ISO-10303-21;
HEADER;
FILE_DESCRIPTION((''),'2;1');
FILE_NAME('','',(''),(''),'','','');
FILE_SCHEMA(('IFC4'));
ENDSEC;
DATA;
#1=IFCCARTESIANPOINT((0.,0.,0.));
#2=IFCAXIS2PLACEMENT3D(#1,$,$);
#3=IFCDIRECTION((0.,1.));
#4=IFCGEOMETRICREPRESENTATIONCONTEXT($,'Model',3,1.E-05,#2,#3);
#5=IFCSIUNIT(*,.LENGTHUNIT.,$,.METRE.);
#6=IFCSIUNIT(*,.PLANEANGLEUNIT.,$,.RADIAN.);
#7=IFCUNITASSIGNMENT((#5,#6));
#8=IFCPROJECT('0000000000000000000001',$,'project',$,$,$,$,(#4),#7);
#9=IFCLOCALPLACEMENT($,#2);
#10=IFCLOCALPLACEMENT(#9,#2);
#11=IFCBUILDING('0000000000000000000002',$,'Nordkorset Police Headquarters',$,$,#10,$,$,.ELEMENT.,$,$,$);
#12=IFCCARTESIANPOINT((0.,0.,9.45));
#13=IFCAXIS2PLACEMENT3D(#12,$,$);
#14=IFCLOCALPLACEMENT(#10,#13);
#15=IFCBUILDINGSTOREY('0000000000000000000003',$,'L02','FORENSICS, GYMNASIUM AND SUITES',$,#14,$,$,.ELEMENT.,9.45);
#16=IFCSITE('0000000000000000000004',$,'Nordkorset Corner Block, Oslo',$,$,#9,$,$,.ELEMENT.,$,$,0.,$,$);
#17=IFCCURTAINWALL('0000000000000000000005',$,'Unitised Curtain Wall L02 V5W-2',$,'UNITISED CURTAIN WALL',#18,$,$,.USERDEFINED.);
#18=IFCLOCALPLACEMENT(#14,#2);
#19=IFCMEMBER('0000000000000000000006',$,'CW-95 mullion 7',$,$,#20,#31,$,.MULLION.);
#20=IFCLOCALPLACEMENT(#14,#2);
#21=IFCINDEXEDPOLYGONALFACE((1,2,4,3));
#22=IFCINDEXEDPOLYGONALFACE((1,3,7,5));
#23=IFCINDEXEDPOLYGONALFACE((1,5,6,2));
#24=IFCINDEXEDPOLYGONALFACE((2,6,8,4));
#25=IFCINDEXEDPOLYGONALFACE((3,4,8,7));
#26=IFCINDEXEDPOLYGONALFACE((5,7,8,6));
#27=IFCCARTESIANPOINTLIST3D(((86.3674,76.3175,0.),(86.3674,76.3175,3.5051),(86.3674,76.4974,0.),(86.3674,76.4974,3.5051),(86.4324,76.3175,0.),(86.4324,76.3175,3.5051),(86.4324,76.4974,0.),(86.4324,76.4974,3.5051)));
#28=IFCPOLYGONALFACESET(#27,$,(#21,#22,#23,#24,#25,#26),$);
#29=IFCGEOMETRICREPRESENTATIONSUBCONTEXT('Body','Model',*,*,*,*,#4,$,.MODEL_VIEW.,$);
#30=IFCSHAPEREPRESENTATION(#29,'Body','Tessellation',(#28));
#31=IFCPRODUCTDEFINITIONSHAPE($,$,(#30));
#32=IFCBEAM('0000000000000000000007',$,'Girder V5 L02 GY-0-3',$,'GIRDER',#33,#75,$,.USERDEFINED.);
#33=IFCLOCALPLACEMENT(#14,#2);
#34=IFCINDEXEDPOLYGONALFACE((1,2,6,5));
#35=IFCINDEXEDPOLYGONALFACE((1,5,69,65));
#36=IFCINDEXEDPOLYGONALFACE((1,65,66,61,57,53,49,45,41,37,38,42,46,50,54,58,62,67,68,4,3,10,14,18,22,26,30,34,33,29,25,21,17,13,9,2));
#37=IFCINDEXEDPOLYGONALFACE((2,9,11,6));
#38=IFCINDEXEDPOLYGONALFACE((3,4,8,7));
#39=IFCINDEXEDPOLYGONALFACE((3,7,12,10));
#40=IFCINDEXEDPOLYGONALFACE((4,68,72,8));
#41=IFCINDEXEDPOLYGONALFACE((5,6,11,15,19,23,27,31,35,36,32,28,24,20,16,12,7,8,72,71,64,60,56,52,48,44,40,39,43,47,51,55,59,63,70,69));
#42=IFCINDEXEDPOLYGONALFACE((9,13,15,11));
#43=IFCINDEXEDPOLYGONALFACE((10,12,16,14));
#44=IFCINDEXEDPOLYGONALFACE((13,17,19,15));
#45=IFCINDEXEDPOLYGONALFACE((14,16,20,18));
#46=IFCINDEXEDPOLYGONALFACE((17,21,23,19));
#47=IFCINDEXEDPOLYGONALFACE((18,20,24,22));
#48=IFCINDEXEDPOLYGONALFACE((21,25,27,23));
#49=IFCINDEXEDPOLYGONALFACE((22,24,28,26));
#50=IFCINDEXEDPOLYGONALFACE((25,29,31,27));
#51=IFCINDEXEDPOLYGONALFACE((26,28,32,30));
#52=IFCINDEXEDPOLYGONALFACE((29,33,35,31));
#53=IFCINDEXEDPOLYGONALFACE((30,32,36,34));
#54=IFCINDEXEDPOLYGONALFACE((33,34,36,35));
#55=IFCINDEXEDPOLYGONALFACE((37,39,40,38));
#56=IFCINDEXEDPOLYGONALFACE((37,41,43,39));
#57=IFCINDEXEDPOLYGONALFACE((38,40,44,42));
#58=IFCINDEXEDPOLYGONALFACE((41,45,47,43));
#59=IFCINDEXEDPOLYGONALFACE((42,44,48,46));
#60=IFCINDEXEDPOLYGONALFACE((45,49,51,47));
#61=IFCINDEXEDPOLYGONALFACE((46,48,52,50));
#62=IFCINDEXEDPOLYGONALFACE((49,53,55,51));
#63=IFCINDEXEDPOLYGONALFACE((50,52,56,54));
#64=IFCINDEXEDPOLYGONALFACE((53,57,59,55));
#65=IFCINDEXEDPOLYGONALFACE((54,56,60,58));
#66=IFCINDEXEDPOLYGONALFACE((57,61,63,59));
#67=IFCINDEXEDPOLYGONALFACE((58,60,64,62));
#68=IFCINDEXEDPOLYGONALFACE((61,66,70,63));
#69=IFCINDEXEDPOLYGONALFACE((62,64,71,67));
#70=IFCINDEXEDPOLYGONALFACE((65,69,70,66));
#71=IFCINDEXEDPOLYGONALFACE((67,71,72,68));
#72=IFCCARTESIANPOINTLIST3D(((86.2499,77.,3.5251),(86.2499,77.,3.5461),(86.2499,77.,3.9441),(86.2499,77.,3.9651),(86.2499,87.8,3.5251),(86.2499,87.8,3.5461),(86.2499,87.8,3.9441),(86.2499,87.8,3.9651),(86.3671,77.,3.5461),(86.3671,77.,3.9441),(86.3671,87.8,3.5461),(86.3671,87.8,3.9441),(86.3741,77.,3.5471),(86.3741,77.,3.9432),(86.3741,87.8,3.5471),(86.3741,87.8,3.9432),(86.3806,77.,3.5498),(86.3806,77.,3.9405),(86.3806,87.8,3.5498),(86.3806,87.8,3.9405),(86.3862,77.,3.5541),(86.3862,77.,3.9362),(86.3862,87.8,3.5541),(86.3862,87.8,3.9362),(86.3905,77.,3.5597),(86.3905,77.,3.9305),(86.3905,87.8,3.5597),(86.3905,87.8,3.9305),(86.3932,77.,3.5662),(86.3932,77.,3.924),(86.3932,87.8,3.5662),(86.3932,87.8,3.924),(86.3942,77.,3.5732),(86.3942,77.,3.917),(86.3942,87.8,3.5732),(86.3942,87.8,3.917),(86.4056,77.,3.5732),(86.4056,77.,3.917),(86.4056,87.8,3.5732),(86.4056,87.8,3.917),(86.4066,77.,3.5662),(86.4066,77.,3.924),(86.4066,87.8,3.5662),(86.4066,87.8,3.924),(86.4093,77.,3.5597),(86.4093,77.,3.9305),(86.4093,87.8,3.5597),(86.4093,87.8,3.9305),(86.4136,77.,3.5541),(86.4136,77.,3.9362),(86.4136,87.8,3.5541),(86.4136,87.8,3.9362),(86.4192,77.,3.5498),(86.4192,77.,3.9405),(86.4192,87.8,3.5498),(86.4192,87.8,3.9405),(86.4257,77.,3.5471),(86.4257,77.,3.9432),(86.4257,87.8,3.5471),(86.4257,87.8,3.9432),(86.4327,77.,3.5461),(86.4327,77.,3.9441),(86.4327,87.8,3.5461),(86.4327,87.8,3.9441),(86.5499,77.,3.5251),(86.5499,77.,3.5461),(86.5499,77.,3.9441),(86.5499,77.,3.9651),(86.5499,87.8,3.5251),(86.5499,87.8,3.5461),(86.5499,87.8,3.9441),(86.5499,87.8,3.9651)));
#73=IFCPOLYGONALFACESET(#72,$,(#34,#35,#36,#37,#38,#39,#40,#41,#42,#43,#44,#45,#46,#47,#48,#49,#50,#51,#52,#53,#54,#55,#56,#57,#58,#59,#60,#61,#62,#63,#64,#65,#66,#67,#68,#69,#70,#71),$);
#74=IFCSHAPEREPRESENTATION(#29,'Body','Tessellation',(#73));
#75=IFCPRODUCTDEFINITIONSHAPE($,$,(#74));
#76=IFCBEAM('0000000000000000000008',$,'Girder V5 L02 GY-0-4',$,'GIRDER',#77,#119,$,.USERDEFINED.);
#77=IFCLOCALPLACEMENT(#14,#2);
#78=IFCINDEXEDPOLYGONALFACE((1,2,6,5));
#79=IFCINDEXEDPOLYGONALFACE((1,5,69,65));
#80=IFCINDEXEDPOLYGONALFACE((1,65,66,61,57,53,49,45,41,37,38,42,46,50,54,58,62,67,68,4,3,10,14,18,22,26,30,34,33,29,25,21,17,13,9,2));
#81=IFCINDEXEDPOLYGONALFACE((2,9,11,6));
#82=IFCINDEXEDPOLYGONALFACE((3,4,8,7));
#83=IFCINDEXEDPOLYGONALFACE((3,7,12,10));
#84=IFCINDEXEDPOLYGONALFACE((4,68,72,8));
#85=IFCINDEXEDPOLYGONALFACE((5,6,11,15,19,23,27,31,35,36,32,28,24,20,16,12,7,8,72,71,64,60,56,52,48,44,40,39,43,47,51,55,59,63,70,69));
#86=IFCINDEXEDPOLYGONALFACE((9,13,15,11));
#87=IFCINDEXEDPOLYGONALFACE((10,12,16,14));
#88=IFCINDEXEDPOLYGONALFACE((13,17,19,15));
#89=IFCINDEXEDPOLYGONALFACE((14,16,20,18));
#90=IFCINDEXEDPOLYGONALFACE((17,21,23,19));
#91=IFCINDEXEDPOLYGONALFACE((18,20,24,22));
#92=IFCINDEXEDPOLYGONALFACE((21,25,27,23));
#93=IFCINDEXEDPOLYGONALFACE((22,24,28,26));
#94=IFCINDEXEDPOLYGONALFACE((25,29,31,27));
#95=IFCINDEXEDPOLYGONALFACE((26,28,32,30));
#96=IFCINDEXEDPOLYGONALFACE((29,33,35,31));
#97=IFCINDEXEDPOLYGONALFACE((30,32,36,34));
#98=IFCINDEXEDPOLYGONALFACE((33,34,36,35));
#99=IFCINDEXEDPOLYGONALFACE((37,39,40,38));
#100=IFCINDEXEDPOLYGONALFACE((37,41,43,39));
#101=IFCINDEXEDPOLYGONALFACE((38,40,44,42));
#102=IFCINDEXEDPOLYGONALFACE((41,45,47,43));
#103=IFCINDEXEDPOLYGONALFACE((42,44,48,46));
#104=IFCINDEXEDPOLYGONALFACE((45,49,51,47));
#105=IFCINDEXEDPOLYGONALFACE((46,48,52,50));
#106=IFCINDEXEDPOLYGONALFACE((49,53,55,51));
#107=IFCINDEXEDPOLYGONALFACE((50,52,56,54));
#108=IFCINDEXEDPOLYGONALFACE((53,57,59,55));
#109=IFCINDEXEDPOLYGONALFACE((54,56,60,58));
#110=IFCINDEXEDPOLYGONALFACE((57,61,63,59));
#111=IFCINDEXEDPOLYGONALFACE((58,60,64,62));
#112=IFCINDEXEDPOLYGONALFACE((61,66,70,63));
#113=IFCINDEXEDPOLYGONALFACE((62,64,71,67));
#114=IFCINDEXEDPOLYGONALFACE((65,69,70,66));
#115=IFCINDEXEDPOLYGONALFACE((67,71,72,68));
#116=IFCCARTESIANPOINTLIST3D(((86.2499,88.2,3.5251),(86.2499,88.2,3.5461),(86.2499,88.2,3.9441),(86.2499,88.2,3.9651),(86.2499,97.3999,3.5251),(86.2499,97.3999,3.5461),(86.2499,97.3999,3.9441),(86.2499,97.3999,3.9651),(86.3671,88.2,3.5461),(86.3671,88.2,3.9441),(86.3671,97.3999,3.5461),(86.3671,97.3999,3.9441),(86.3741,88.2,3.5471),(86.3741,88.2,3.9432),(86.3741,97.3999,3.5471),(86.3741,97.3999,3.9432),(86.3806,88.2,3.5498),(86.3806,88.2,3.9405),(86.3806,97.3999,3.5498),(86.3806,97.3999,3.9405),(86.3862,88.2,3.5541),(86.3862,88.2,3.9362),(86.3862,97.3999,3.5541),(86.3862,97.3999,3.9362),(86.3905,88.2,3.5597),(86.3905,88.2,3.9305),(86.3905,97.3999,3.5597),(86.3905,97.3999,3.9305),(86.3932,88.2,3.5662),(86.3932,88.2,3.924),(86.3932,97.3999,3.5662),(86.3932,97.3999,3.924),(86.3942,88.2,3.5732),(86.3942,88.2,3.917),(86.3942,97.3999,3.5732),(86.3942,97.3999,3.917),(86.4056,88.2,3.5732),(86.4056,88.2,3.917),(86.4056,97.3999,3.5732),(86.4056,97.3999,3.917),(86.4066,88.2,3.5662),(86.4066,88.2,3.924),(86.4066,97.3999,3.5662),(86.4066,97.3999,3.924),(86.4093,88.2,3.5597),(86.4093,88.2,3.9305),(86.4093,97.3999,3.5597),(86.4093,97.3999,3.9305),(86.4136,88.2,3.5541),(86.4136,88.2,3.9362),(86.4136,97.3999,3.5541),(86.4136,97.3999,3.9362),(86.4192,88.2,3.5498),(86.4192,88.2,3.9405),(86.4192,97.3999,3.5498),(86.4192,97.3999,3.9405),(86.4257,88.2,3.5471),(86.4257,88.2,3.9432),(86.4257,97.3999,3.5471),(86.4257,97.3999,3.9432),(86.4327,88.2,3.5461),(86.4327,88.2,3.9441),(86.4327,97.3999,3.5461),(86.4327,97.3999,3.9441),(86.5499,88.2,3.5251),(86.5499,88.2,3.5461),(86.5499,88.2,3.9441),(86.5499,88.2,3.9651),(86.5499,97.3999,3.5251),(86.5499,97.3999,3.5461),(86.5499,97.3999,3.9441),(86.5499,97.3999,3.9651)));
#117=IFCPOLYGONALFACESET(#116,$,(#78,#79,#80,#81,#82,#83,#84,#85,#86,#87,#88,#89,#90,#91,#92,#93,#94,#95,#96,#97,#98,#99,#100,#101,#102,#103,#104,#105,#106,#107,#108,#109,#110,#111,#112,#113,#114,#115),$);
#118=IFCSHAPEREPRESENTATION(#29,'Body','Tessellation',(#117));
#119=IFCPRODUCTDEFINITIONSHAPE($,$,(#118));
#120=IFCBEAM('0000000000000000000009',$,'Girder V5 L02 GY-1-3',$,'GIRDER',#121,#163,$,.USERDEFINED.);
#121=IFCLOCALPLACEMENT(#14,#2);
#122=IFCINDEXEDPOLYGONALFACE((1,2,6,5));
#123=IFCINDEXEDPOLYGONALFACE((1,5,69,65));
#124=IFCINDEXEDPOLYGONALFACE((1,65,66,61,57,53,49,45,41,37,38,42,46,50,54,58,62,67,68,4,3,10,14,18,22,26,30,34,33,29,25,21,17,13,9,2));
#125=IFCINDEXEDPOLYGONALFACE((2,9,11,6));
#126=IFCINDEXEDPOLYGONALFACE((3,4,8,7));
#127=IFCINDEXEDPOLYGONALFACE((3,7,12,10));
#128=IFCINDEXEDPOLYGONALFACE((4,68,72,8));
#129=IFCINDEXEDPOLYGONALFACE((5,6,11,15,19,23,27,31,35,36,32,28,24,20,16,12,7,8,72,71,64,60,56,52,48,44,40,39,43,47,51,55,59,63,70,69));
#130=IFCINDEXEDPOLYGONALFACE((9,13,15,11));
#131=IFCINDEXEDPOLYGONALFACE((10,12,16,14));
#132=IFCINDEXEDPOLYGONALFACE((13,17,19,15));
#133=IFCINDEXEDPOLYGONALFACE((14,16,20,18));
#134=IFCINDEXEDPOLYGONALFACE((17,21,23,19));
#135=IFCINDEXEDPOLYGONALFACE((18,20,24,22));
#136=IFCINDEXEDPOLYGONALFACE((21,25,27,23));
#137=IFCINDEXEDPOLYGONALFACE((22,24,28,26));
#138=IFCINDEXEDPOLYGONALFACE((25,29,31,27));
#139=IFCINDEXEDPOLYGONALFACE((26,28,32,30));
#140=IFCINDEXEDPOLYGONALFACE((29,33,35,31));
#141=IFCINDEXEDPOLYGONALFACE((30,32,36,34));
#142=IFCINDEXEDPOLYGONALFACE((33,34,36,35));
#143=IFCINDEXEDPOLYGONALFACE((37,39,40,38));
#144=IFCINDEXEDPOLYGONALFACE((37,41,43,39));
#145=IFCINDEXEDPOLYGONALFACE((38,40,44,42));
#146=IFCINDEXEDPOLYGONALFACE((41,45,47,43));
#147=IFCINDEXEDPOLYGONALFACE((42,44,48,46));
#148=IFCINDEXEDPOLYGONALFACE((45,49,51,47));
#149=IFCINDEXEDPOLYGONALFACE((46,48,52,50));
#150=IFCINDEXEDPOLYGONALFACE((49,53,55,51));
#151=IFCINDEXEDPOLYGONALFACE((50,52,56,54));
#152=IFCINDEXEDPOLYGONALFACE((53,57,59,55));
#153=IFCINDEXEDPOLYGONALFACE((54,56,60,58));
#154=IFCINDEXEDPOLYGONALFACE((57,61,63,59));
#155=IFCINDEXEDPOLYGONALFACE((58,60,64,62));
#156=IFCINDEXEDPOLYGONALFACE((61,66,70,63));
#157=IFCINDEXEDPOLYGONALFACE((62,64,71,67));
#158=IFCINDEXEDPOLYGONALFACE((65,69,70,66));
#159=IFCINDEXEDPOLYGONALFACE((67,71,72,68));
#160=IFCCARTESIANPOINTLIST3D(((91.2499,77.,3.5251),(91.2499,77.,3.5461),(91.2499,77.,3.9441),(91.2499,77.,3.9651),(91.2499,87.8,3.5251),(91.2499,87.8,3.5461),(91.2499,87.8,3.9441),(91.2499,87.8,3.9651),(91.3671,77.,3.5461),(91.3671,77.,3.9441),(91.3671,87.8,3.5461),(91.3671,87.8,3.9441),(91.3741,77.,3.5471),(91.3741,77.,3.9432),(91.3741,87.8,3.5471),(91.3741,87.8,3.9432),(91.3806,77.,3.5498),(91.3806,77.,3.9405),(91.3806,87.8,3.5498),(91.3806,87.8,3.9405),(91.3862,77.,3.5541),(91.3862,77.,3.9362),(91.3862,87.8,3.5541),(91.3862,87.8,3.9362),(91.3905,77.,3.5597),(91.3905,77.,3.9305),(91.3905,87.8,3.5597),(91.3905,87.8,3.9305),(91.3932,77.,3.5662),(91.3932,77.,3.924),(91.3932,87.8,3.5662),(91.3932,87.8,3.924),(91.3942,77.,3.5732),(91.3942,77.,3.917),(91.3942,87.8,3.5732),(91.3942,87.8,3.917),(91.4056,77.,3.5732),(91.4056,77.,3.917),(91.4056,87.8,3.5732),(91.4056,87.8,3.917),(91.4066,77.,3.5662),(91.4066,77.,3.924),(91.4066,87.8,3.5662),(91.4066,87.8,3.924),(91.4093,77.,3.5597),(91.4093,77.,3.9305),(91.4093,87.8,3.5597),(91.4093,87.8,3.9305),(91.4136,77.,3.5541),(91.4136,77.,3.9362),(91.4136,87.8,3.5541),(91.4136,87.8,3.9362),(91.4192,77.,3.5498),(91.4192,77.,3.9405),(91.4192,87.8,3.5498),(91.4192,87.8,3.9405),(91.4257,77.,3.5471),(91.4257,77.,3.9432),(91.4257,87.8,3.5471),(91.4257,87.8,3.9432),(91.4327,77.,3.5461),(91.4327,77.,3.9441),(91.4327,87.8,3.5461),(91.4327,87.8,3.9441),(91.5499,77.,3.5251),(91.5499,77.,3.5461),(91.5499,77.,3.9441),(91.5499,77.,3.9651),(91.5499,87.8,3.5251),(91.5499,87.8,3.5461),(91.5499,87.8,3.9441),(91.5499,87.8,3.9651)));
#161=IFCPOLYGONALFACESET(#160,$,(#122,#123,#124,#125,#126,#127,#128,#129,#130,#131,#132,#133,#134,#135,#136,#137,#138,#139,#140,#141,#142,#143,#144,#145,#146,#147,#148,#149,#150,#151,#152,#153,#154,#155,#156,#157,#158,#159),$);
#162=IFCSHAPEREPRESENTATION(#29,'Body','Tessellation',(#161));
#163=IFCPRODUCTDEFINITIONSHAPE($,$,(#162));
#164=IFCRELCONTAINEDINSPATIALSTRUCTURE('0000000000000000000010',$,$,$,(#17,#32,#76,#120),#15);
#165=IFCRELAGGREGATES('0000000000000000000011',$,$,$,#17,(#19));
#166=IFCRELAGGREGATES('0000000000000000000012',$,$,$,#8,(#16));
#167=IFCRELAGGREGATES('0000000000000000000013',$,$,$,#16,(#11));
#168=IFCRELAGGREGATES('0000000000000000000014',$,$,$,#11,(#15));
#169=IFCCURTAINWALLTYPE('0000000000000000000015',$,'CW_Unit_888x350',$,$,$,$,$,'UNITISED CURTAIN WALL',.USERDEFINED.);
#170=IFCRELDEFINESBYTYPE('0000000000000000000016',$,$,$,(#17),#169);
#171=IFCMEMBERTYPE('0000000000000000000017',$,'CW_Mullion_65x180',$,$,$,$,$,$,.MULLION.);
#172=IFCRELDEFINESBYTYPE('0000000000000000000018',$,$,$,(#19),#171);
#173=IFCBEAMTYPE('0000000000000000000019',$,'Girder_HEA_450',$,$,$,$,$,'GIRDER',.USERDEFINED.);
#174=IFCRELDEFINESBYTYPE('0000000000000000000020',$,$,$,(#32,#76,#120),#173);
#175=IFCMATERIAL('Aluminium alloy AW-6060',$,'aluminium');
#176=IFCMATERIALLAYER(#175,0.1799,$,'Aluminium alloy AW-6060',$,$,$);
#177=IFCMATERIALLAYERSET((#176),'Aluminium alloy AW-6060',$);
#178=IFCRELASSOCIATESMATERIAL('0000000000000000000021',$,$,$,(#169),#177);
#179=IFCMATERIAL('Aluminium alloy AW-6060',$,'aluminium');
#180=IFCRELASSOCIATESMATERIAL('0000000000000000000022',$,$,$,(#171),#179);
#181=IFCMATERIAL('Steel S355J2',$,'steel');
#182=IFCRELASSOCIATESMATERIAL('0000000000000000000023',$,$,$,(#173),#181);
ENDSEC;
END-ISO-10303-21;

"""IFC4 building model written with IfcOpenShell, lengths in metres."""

from ifc_helpers import new_model, si_unit, direction, frame, origin, origin_2d, place, context, subcontext, project, spatial, rectangle, i_section, extrude, material, layer, layer_set, material_profile, profile_set, type_object, element, aggregate, save


model = new_model("IFC4")

# Units and contexts
model_context = context("Model", 3, precision=1e-05, world=origin(), true_north=direction((0.0, 1.0)))
body_context = subcontext(model_context, "Body", "Model", "MODEL_VIEW")
ifc_project = project(units=[si_unit("LENGTHUNIT", "METRE"), si_unit("PLANEANGLEUNIT", "RADIAN")], contexts=[model_context])

# Site, building, storey
site_placement = place(None, origin())
site = spatial("IfcSite", under=ifc_project, at=site_placement, Name="Nordkorset Corner Block, Oslo", CompositionType="ELEMENT", RefElevation=0.0)
building_placement = place(site_placement, origin())
building = spatial("IfcBuilding", under=site, at=building_placement, Name="Nordkorset Police Headquarters", CompositionType="ELEMENT")
storey_placement = place(building_placement, frame((0.0, 0.0, 9.45)))
storey = spatial("IfcBuildingStorey", under=building, at=storey_placement, Name="L02", Description="FORENSICS, GYMNASIUM AND SUITES", CompositionType="ELEMENT", Elevation=9.45)

# Curtain wall, member
ifc_material_1 = material(Name="Aluminium alloy AW-6060", Category="aluminium")
ifc_layer_1 = layer(ifc_material_1, 0.1799, Name="Aluminium alloy AW-6060")
ifc_layer_set_1 = layer_set([ifc_layer_1], Name="Aluminium alloy AW-6060")
curtain_wall_type = type_object("IfcCurtainWallType", Name="CW_Unit_888x350", ElementType="UNITISED CURTAIN WALL", PredefinedType="USERDEFINED", material=ifc_layer_set_1)
curtain_wall_placement = place(storey_placement, origin())
curtain_wall = element("IfcCurtainWall", 1, at=curtain_wall_placement, inside=storey, type_object=curtain_wall_type, Name="Unitised Curtain Wall L02 V5W-2", ObjectType="UNITISED CURTAIN WALL", PredefinedType="USERDEFINED")
ifc_material_2 = material(Name="Aluminium alloy AW-6060", Category="aluminium")
ifc_material_profile_1 = material_profile(ifc_material_2, rectangle(XDim=0.0649, YDim=0.1799, at=origin_2d()), Name="ALU MULL 65x180")
ifc_profile_set_1 = profile_set([ifc_material_profile_1], Name="Aluminium alloy AW-6060")
member_type_1 = type_object("IfcMemberType", Name="CW_Mullion_65x180", PredefinedType="MULLION", material=ifc_profile_set_1)
member_1_placement = place(storey_placement, frame((86.3999, 76.4075, 0.0), z_axis=(0.0, 0.0, 1.0), x_axis=(-1.0, 0.0, 0.0)))
member_1 = element("IfcMember", 2, at=member_1_placement, type_object=member_type_1, Name="CW-95 mullion 7", PredefinedType="MULLION", context=body_context, shape_type="SweptSolid", body=[
    extrude(rectangle(XDim=0.0649, YDim=0.1799, at=origin_2d()), origin(), (0.0, 0.0, 1.0), 3.5051),
])
aggregate(curtain_wall, [member_1])

# Beams
ifc_material_3 = material(Name="Steel S355J2", Category="steel")
ifc_material_profile_2 = material_profile(ifc_material_3, i_section(OverallWidth=0.3, OverallDepth=0.4399, WebThickness=0.0115, FlangeThickness=0.021, FilletRadius=0.0271, at=origin_2d()), Name="HEA 450")
ifc_profile_set_2 = profile_set([ifc_material_profile_2], Name="Steel S355J2")
beam_type_1 = type_object("IfcBeamType", Name="Girder_HEA_450", ElementType="GIRDER", PredefinedType="USERDEFINED", material=ifc_profile_set_2)
beam_1_placement = place(storey_placement, frame((86.3999, 77.0, 3.7451), z_axis=(0.0, 1.0, 0.0), x_axis=(-1.0, 0.0, 0.0)))
element("IfcBeam", 3, at=beam_1_placement, inside=storey, type_object=beam_type_1, Name="Girder V5 L02 GY-0-3", ObjectType="GIRDER", PredefinedType="USERDEFINED", context=body_context, shape_type="SweptSolid", body=[
    extrude(i_section(OverallWidth=0.3, OverallDepth=0.4399, WebThickness=0.0115, FlangeThickness=0.021, FilletRadius=0.0271, at=origin_2d()), origin(), (0.0, 0.0, 1.0), 10.8),
])
beam_2_placement = place(storey_placement, frame((86.3999, 88.2, 3.7451), z_axis=(0.0, 1.0, 0.0), x_axis=(-1.0, 0.0, 0.0)))
element("IfcBeam", 4, at=beam_2_placement, inside=storey, type_object=beam_type_1, Name="Girder V5 L02 GY-0-4", ObjectType="GIRDER", PredefinedType="USERDEFINED", context=body_context, shape_type="SweptSolid", body=[
    extrude(i_section(OverallWidth=0.3, OverallDepth=0.4399, WebThickness=0.0115, FlangeThickness=0.021, FilletRadius=0.0271, at=origin_2d()), origin(), (0.0, 0.0, 1.0), 9.2),
])
beam_3_placement = place(storey_placement, frame((91.3999, 77.0, 3.7451), z_axis=(0.0, 1.0, 0.0), x_axis=(-1.0, 0.0, 0.0)))
element("IfcBeam", 5, at=beam_3_placement, inside=storey, type_object=beam_type_1, Name="Girder V5 L02 GY-1-3", ObjectType="GIRDER", PredefinedType="USERDEFINED", context=body_context, shape_type="SweptSolid", body=[
    extrude(i_section(OverallWidth=0.3, OverallDepth=0.4399, WebThickness=0.0115, FlangeThickness=0.021, FilletRadius=0.0271, at=origin_2d()), origin(), (0.0, 0.0, 1.0), 10.8),
])

save(model, "model.ifc")
